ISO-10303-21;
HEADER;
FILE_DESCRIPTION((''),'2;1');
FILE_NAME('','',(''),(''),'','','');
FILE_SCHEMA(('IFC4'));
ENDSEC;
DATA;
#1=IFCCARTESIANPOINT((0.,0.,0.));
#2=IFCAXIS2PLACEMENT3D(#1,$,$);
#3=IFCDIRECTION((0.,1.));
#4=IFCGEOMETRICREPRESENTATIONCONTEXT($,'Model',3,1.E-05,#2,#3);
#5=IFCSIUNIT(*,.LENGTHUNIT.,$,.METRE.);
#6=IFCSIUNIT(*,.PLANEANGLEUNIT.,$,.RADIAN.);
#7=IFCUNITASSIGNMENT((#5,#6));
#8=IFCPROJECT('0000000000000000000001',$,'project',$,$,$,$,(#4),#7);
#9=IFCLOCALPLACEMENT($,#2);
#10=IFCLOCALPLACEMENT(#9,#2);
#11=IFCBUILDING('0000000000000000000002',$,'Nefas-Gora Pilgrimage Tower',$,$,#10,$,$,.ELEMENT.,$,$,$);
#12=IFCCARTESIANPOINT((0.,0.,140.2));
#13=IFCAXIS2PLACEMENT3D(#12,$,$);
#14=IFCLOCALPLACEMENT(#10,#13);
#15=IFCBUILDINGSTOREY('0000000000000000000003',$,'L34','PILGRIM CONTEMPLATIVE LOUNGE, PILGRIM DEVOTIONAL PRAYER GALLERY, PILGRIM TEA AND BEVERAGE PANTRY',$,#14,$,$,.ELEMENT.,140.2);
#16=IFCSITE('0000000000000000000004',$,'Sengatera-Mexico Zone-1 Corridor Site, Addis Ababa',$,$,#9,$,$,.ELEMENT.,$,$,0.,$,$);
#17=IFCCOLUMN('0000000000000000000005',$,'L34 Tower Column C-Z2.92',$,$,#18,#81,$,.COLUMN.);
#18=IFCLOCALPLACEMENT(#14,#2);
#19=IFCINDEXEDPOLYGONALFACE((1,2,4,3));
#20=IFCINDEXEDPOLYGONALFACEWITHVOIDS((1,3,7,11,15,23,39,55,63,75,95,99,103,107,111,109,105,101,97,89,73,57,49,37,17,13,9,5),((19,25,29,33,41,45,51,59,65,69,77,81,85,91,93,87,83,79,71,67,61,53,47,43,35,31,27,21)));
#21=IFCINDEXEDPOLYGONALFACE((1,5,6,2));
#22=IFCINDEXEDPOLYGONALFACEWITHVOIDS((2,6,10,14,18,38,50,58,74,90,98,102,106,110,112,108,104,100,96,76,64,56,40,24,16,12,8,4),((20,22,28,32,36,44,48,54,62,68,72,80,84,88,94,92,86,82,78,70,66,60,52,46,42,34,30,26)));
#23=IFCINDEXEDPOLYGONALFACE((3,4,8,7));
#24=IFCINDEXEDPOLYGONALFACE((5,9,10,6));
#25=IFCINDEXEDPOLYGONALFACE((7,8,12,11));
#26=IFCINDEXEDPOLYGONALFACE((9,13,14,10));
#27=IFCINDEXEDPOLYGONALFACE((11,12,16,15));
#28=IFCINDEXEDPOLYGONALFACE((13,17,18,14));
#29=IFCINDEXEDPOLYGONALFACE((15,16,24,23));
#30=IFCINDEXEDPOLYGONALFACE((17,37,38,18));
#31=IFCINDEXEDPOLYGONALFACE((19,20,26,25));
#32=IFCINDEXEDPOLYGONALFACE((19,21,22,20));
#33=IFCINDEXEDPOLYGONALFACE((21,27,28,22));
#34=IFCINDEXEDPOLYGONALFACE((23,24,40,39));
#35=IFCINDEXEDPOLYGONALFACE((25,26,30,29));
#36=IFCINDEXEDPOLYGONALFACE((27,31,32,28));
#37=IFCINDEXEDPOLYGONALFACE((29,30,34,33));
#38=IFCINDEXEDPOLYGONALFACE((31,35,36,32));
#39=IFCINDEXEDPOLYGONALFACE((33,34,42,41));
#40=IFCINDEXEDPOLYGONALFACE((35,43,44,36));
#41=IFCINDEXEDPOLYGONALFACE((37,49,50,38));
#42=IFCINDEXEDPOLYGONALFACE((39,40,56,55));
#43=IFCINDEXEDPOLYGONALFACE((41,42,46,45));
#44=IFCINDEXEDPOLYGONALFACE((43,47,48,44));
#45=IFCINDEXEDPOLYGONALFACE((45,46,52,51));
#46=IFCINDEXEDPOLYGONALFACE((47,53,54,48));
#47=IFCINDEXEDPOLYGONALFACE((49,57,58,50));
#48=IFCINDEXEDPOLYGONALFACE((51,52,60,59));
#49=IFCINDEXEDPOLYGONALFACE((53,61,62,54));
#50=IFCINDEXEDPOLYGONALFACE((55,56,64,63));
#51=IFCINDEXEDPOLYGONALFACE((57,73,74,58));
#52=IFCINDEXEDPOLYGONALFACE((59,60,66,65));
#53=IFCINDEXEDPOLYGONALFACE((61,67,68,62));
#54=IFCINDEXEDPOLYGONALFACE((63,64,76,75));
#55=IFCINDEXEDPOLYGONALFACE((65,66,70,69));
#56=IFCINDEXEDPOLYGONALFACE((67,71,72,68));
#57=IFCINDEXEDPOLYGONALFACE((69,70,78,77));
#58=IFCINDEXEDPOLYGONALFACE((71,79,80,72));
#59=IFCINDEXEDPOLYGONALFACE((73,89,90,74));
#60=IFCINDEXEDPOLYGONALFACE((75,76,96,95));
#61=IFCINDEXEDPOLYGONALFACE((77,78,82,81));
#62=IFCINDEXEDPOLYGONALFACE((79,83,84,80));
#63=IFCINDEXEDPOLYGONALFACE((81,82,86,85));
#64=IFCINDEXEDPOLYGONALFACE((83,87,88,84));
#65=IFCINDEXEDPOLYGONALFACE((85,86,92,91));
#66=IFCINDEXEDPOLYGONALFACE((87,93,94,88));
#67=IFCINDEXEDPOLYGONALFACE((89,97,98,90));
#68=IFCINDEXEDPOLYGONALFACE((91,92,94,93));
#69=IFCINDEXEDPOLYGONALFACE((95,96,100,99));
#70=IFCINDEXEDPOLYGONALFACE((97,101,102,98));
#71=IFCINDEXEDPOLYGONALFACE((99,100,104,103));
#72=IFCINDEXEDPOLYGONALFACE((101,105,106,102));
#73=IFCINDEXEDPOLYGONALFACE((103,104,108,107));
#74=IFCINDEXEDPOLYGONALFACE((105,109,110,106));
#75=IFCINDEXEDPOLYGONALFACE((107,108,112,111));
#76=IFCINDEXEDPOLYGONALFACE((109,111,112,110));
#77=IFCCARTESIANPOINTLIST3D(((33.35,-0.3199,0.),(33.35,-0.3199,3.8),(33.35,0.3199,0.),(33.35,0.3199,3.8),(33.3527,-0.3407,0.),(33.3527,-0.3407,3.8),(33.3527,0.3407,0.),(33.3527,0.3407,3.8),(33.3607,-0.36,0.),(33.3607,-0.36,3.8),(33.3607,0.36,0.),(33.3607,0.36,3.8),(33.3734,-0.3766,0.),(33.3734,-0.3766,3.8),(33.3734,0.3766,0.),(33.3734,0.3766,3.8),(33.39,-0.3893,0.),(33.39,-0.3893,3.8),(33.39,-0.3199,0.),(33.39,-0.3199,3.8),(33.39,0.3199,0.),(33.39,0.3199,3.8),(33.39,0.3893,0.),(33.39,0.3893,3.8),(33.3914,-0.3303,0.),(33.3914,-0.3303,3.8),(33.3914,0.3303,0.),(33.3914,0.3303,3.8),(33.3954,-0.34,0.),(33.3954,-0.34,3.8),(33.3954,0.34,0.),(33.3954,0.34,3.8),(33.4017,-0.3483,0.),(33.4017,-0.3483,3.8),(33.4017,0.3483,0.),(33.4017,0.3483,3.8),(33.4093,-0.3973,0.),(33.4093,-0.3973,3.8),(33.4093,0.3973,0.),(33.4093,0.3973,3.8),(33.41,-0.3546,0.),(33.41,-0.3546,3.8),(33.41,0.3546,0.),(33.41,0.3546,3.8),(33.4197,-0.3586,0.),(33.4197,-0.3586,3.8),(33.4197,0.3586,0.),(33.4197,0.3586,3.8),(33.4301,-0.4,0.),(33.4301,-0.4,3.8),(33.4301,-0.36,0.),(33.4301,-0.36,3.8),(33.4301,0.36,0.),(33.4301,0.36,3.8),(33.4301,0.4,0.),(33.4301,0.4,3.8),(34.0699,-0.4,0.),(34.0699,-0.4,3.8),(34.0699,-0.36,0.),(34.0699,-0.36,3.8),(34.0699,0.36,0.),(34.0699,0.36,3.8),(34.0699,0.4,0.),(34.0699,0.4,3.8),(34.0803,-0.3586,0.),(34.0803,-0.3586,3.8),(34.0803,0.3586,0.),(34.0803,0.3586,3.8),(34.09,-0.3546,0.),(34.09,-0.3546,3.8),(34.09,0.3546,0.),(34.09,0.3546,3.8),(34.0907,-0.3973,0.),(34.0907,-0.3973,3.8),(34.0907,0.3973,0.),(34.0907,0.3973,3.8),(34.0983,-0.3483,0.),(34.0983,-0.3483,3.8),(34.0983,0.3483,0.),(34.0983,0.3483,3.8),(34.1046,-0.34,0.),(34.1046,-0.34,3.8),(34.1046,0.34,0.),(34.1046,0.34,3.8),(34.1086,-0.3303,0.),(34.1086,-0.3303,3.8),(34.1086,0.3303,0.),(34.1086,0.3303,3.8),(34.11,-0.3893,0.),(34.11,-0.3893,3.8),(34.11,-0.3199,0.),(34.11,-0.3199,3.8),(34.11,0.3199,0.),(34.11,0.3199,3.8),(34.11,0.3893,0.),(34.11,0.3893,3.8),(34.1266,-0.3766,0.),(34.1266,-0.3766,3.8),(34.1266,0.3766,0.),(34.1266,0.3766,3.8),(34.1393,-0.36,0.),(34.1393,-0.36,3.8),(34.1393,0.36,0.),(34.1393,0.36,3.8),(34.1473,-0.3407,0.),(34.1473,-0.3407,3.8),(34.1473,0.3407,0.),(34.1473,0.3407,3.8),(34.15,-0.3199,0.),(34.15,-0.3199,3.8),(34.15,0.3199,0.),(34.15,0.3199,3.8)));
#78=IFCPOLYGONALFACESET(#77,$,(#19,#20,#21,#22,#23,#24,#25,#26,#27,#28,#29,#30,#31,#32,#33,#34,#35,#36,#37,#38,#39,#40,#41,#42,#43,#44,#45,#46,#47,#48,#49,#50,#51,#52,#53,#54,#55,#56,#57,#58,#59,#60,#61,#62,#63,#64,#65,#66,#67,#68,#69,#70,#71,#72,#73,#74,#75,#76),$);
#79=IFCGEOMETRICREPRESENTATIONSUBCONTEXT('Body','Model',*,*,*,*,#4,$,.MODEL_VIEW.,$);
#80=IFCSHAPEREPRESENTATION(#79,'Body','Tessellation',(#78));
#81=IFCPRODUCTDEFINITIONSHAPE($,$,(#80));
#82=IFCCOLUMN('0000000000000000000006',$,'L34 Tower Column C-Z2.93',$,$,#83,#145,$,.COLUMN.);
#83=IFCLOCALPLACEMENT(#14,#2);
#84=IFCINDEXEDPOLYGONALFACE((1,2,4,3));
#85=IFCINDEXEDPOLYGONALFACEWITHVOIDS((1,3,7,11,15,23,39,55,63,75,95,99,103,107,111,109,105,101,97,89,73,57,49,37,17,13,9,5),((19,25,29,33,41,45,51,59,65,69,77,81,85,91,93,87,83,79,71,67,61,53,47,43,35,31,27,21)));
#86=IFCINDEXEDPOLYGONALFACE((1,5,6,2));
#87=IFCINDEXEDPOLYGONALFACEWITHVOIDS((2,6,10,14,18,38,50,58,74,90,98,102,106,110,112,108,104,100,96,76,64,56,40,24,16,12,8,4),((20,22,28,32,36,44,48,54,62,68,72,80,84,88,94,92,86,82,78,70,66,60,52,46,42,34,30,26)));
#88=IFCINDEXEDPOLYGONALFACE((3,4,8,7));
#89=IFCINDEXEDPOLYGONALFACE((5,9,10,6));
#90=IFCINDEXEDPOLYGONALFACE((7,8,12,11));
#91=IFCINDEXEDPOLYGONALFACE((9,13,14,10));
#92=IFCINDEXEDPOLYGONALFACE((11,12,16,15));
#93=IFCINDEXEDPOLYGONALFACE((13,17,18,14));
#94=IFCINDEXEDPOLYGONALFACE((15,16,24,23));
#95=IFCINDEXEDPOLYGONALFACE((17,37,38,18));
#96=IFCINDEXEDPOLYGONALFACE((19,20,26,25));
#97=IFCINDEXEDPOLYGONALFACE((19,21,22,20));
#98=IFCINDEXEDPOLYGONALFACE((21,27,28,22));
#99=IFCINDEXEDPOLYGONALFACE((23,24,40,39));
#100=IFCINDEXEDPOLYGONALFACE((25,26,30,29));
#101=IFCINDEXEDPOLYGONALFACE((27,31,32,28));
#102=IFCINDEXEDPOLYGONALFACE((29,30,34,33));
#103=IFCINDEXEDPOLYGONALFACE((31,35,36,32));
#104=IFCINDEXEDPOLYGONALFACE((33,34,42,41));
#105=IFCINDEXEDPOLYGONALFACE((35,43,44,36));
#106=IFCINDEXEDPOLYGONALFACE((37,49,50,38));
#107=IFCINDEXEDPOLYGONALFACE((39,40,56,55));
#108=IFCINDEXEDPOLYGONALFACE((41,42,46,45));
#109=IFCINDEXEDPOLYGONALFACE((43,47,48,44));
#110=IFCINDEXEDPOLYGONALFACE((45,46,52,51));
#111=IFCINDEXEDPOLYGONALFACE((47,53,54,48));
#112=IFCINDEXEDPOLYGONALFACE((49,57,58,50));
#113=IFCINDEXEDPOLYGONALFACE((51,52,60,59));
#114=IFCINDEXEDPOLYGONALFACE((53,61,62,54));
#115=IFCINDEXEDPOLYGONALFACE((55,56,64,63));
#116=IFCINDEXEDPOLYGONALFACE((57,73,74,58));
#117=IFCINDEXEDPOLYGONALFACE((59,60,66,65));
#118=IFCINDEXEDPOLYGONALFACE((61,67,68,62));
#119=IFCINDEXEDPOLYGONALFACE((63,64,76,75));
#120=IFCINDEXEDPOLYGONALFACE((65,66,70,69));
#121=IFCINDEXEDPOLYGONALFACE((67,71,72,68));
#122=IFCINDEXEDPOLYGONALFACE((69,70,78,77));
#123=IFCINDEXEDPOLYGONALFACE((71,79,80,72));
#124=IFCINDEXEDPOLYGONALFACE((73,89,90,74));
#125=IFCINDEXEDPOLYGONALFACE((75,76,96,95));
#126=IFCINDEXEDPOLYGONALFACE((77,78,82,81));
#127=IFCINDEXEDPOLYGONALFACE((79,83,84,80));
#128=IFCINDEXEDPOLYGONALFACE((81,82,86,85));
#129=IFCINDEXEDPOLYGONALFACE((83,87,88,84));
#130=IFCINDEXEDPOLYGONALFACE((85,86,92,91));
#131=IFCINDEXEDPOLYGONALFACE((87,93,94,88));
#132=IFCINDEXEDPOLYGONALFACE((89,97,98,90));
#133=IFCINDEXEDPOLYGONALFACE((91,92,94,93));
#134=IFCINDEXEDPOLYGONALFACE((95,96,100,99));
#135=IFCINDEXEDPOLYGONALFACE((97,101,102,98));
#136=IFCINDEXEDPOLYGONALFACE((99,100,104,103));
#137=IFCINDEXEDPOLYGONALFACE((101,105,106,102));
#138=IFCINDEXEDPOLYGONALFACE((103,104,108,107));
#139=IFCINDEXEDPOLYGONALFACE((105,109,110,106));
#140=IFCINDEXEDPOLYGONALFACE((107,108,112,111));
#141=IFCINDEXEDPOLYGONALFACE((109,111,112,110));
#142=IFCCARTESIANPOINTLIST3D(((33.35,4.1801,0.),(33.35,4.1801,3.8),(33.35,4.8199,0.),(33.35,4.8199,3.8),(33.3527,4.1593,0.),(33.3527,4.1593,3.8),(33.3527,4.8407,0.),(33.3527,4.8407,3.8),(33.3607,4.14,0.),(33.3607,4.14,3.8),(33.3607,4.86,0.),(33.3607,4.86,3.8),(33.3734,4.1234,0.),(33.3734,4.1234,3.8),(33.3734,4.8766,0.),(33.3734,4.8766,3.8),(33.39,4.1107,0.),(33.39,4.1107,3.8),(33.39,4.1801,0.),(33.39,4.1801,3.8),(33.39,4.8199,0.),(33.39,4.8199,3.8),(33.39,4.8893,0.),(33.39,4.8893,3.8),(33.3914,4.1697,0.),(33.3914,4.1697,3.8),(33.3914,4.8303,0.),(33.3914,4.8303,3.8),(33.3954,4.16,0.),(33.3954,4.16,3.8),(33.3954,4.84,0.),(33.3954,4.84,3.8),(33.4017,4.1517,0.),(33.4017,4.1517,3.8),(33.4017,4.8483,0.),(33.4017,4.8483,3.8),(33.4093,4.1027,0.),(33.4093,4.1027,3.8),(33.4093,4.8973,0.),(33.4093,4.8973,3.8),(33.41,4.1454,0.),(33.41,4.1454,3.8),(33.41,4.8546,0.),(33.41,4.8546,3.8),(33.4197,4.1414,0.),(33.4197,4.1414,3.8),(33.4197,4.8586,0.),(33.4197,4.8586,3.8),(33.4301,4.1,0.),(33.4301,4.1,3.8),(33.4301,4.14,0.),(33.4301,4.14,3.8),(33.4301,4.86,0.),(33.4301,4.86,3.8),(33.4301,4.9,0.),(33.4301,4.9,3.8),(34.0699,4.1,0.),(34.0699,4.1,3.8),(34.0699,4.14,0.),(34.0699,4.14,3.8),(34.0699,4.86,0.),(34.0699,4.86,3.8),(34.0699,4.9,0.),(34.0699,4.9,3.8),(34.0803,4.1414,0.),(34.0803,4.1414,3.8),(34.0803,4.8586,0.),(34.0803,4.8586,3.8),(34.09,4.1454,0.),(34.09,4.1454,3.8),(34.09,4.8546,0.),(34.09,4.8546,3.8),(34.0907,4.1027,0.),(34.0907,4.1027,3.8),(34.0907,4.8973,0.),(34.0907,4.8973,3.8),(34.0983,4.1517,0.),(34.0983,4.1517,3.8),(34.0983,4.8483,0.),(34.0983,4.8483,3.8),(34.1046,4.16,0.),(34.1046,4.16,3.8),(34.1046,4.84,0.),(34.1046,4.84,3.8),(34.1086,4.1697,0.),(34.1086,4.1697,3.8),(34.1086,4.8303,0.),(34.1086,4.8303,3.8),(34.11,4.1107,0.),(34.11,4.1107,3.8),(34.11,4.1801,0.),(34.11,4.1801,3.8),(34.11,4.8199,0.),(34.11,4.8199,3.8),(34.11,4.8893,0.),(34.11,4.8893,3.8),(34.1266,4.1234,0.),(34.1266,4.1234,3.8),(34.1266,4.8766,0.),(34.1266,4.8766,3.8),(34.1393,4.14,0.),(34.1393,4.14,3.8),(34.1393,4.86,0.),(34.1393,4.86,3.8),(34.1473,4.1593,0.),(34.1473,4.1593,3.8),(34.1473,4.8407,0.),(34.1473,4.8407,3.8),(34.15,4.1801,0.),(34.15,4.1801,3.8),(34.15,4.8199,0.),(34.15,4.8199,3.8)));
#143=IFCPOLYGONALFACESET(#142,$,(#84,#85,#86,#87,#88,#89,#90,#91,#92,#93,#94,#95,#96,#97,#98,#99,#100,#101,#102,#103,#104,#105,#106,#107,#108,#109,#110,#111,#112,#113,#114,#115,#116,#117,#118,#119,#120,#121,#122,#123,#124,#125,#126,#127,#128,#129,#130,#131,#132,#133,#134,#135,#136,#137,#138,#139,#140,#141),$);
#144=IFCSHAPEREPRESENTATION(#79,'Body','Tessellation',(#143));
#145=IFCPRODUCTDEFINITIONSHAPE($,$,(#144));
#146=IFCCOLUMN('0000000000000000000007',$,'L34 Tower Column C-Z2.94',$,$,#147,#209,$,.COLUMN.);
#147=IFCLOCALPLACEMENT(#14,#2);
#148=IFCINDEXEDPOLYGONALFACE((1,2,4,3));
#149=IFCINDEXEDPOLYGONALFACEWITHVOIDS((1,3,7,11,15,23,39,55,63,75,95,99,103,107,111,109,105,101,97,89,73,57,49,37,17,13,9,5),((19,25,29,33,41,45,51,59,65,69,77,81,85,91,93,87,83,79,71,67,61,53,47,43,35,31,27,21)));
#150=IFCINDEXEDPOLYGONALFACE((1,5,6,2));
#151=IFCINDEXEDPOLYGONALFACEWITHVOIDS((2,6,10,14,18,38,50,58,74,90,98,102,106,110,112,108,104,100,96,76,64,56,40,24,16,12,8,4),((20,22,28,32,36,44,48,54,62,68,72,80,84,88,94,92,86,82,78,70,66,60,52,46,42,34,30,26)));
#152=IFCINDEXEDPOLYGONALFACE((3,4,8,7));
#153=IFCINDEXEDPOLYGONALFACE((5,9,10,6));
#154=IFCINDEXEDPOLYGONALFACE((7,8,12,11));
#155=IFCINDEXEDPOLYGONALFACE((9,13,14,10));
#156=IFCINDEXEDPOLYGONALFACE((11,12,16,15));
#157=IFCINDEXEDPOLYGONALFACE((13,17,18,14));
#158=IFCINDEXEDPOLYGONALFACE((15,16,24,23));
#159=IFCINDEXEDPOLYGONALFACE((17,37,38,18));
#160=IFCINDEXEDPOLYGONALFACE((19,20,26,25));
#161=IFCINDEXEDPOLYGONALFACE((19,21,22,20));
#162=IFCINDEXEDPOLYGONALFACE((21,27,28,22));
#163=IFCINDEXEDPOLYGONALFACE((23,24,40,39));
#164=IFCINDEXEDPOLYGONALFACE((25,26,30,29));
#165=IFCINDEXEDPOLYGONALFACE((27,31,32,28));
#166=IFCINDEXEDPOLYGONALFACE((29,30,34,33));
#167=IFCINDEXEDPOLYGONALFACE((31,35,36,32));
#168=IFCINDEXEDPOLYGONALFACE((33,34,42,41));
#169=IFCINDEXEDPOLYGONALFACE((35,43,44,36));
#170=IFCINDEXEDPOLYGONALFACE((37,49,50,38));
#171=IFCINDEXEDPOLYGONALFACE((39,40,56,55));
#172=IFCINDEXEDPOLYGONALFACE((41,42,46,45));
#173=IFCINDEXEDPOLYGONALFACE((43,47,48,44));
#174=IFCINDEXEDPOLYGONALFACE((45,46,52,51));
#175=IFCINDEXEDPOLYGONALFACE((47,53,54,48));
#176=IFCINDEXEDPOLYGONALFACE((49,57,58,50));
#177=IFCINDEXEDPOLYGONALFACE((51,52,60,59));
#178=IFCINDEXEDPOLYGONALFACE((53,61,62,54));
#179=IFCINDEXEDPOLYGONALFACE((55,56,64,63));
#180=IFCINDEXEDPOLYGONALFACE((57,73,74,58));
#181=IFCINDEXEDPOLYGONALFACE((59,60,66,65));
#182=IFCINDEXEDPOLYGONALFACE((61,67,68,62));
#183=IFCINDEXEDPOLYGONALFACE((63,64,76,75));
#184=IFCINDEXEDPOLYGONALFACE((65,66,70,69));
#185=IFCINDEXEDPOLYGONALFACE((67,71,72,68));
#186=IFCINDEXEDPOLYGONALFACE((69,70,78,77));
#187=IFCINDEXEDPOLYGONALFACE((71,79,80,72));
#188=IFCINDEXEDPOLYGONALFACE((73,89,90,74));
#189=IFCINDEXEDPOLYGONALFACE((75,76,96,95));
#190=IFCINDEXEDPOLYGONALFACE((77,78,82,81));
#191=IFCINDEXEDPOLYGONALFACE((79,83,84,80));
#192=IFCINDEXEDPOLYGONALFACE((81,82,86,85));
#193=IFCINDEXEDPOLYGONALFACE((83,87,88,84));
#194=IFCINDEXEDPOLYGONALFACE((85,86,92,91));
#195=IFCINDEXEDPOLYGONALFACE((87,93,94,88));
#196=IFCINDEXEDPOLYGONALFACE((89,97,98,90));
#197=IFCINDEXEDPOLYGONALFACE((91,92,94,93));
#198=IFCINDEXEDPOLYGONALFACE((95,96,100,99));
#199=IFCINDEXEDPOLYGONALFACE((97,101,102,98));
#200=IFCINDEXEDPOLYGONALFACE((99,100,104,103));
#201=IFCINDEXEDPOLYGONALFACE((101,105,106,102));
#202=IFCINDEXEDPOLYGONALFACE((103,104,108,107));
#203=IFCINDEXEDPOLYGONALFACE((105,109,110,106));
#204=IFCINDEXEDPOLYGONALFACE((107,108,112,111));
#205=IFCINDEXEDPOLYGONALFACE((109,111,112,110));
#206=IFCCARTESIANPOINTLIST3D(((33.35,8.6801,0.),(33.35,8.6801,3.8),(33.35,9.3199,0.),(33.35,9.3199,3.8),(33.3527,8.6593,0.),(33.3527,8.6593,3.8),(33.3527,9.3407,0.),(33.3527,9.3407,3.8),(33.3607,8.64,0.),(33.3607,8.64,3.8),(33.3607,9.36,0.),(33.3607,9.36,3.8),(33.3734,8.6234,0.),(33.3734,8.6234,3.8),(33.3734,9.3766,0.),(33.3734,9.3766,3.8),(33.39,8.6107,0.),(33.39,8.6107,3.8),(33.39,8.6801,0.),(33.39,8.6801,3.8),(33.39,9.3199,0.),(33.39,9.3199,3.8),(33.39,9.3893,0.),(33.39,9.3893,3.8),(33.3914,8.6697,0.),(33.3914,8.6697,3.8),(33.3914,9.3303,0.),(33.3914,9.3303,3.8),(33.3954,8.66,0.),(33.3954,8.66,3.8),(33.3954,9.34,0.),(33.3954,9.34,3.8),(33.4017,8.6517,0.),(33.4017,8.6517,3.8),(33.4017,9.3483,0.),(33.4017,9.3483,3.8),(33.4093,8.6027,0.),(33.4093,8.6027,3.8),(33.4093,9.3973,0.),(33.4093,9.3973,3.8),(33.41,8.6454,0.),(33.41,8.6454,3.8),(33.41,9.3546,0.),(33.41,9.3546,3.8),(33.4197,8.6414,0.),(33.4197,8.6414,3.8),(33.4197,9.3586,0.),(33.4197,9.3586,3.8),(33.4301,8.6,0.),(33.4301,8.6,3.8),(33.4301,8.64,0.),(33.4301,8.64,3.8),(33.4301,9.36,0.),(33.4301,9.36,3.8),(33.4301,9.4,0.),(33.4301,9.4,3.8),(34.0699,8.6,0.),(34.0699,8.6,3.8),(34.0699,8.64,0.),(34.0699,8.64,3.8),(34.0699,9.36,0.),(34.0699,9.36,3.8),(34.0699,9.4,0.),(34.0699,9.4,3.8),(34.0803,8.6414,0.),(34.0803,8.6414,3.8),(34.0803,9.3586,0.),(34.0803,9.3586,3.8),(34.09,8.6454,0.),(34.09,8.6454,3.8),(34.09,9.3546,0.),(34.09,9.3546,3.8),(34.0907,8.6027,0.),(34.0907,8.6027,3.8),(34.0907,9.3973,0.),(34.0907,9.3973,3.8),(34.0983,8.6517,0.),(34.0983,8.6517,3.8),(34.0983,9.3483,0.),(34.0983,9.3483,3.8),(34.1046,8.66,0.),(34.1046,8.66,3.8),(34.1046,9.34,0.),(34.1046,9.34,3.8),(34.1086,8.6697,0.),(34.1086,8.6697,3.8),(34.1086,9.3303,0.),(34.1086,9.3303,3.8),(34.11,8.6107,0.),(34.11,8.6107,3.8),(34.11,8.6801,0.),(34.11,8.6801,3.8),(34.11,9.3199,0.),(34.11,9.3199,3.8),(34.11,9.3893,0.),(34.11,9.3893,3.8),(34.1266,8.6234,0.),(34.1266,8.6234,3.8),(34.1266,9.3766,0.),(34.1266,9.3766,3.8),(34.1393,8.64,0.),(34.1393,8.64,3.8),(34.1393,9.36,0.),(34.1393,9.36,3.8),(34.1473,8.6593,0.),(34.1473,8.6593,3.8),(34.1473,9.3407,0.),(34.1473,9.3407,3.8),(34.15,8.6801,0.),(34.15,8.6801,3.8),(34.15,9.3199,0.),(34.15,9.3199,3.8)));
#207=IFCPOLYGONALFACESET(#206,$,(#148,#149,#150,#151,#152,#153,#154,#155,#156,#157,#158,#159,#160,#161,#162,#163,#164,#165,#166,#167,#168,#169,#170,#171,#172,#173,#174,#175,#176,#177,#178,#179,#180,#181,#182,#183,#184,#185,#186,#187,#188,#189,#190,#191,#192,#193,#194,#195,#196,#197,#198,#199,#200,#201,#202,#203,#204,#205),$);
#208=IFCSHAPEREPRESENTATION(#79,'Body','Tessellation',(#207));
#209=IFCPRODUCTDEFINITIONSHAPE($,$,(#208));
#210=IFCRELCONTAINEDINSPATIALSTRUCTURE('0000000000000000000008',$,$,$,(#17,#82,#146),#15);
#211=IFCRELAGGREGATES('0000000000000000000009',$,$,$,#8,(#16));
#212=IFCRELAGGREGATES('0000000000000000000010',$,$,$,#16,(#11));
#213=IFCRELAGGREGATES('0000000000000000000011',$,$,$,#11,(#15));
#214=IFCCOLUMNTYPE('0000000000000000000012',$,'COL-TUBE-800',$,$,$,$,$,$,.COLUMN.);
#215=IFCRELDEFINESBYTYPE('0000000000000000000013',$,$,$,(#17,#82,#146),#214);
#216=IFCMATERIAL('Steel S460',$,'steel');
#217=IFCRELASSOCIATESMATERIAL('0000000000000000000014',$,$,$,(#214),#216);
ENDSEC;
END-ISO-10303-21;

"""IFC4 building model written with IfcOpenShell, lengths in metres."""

from ifc_helpers import new_model, si_unit, direction, frame, origin, origin_2d, place, context, subcontext, project, spatial, hollow_rectangle, extrude, source, transform, mapped, material, material_profile, profile_set, type_object, element, save


model = new_model("IFC4")

# Units and contexts
model_context = context("Model", 3, precision=1e-05, world=origin(), true_north=direction((0.0, 1.0)))
body_context = subcontext(model_context, "Body", "Model", "MODEL_VIEW")
ifc_project = project(units=[si_unit("LENGTHUNIT", "METRE"), si_unit("PLANEANGLEUNIT", "RADIAN")], contexts=[model_context])

# Site, building, storey
site_placement = place(None, origin())
site = spatial("IfcSite", under=ifc_project, at=site_placement, Name="Sengatera-Mexico Zone-1 Corridor Site, Addis Ababa", CompositionType="ELEMENT", RefElevation=0.0)
building_placement = place(site_placement, origin())
building = spatial("IfcBuilding", under=site, at=building_placement, Name="Nefas-Gora Pilgrimage Tower", CompositionType="ELEMENT")
storey_placement = place(building_placement, frame((0.0, 0.0, 140.2)))
storey = spatial("IfcBuildingStorey", under=building, at=storey_placement, Name="L34", Description="PILGRIM CONTEMPLATIVE LOUNGE, PILGRIM DEVOTIONAL PRAYER GALLERY, PILGRIM TEA AND BEVERAGE PANTRY", CompositionType="ELEMENT", Elevation=140.2)

# Columns
ifc_material_1 = material(Name="Steel S460", Category="steel")
ifc_material_profile_1 = material_profile(ifc_material_1, hollow_rectangle(XDim=0.8, YDim=0.8, WallThickness=0.04, InnerFilletRadius=0.04, OuterFilletRadius=0.0801, at=origin_2d()), Name="BOX 800x800x40")
ifc_profile_set_1 = profile_set([ifc_material_profile_1], Name="Steel S460")
column_type_1 = type_object("IfcColumnType", Name="COL-TUBE-800", PredefinedType="COLUMN", material=ifc_profile_set_1)
shared_shape_1 = source(origin(), body_context, "Body", "SweptSolid", [
    extrude(hollow_rectangle(XDim=0.8, YDim=0.8, WallThickness=0.04, InnerFilletRadius=0.04, OuterFilletRadius=0.0801, at=origin_2d()), origin(), (0.0, 0.0, 1.0), 3.8),
])
for number, where, z_axis, x_axis, name in (
    (1, (33.75, 0.0, 0.0), (0.0, 0.0, 1.0), (1.0, 0.0, 0.0), "L34 Tower Column C-Z2.92"),
    (2, (33.75, 4.5, 0.0), (0.0, 0.0, 1.0), (1.0, 0.0, 0.0), "L34 Tower Column C-Z2.93"),
    (3, (33.75, 9.0, 0.0), (0.0, 0.0, 1.0), (1.0, 0.0, 0.0), "L34 Tower Column C-Z2.94"),
):
    element("IfcColumn", number, at=place(storey_placement, frame(where, z_axis=z_axis, x_axis=x_axis)), inside=storey, type_object=column_type_1, Name=name, PredefinedType="COLUMN", context=body_context, shape_type="MappedRepresentation", body=[
        mapped(shared_shape_1, transform((0.0, 0.0, 0.0), x_axis=(1.0, 0.0, 0.0), y_axis=(0.0, 1.0, 0.0), z_axis=(0.0, 0.0, 1.0), scale=1.0)),
    ])

save(model, "model.ifc")
